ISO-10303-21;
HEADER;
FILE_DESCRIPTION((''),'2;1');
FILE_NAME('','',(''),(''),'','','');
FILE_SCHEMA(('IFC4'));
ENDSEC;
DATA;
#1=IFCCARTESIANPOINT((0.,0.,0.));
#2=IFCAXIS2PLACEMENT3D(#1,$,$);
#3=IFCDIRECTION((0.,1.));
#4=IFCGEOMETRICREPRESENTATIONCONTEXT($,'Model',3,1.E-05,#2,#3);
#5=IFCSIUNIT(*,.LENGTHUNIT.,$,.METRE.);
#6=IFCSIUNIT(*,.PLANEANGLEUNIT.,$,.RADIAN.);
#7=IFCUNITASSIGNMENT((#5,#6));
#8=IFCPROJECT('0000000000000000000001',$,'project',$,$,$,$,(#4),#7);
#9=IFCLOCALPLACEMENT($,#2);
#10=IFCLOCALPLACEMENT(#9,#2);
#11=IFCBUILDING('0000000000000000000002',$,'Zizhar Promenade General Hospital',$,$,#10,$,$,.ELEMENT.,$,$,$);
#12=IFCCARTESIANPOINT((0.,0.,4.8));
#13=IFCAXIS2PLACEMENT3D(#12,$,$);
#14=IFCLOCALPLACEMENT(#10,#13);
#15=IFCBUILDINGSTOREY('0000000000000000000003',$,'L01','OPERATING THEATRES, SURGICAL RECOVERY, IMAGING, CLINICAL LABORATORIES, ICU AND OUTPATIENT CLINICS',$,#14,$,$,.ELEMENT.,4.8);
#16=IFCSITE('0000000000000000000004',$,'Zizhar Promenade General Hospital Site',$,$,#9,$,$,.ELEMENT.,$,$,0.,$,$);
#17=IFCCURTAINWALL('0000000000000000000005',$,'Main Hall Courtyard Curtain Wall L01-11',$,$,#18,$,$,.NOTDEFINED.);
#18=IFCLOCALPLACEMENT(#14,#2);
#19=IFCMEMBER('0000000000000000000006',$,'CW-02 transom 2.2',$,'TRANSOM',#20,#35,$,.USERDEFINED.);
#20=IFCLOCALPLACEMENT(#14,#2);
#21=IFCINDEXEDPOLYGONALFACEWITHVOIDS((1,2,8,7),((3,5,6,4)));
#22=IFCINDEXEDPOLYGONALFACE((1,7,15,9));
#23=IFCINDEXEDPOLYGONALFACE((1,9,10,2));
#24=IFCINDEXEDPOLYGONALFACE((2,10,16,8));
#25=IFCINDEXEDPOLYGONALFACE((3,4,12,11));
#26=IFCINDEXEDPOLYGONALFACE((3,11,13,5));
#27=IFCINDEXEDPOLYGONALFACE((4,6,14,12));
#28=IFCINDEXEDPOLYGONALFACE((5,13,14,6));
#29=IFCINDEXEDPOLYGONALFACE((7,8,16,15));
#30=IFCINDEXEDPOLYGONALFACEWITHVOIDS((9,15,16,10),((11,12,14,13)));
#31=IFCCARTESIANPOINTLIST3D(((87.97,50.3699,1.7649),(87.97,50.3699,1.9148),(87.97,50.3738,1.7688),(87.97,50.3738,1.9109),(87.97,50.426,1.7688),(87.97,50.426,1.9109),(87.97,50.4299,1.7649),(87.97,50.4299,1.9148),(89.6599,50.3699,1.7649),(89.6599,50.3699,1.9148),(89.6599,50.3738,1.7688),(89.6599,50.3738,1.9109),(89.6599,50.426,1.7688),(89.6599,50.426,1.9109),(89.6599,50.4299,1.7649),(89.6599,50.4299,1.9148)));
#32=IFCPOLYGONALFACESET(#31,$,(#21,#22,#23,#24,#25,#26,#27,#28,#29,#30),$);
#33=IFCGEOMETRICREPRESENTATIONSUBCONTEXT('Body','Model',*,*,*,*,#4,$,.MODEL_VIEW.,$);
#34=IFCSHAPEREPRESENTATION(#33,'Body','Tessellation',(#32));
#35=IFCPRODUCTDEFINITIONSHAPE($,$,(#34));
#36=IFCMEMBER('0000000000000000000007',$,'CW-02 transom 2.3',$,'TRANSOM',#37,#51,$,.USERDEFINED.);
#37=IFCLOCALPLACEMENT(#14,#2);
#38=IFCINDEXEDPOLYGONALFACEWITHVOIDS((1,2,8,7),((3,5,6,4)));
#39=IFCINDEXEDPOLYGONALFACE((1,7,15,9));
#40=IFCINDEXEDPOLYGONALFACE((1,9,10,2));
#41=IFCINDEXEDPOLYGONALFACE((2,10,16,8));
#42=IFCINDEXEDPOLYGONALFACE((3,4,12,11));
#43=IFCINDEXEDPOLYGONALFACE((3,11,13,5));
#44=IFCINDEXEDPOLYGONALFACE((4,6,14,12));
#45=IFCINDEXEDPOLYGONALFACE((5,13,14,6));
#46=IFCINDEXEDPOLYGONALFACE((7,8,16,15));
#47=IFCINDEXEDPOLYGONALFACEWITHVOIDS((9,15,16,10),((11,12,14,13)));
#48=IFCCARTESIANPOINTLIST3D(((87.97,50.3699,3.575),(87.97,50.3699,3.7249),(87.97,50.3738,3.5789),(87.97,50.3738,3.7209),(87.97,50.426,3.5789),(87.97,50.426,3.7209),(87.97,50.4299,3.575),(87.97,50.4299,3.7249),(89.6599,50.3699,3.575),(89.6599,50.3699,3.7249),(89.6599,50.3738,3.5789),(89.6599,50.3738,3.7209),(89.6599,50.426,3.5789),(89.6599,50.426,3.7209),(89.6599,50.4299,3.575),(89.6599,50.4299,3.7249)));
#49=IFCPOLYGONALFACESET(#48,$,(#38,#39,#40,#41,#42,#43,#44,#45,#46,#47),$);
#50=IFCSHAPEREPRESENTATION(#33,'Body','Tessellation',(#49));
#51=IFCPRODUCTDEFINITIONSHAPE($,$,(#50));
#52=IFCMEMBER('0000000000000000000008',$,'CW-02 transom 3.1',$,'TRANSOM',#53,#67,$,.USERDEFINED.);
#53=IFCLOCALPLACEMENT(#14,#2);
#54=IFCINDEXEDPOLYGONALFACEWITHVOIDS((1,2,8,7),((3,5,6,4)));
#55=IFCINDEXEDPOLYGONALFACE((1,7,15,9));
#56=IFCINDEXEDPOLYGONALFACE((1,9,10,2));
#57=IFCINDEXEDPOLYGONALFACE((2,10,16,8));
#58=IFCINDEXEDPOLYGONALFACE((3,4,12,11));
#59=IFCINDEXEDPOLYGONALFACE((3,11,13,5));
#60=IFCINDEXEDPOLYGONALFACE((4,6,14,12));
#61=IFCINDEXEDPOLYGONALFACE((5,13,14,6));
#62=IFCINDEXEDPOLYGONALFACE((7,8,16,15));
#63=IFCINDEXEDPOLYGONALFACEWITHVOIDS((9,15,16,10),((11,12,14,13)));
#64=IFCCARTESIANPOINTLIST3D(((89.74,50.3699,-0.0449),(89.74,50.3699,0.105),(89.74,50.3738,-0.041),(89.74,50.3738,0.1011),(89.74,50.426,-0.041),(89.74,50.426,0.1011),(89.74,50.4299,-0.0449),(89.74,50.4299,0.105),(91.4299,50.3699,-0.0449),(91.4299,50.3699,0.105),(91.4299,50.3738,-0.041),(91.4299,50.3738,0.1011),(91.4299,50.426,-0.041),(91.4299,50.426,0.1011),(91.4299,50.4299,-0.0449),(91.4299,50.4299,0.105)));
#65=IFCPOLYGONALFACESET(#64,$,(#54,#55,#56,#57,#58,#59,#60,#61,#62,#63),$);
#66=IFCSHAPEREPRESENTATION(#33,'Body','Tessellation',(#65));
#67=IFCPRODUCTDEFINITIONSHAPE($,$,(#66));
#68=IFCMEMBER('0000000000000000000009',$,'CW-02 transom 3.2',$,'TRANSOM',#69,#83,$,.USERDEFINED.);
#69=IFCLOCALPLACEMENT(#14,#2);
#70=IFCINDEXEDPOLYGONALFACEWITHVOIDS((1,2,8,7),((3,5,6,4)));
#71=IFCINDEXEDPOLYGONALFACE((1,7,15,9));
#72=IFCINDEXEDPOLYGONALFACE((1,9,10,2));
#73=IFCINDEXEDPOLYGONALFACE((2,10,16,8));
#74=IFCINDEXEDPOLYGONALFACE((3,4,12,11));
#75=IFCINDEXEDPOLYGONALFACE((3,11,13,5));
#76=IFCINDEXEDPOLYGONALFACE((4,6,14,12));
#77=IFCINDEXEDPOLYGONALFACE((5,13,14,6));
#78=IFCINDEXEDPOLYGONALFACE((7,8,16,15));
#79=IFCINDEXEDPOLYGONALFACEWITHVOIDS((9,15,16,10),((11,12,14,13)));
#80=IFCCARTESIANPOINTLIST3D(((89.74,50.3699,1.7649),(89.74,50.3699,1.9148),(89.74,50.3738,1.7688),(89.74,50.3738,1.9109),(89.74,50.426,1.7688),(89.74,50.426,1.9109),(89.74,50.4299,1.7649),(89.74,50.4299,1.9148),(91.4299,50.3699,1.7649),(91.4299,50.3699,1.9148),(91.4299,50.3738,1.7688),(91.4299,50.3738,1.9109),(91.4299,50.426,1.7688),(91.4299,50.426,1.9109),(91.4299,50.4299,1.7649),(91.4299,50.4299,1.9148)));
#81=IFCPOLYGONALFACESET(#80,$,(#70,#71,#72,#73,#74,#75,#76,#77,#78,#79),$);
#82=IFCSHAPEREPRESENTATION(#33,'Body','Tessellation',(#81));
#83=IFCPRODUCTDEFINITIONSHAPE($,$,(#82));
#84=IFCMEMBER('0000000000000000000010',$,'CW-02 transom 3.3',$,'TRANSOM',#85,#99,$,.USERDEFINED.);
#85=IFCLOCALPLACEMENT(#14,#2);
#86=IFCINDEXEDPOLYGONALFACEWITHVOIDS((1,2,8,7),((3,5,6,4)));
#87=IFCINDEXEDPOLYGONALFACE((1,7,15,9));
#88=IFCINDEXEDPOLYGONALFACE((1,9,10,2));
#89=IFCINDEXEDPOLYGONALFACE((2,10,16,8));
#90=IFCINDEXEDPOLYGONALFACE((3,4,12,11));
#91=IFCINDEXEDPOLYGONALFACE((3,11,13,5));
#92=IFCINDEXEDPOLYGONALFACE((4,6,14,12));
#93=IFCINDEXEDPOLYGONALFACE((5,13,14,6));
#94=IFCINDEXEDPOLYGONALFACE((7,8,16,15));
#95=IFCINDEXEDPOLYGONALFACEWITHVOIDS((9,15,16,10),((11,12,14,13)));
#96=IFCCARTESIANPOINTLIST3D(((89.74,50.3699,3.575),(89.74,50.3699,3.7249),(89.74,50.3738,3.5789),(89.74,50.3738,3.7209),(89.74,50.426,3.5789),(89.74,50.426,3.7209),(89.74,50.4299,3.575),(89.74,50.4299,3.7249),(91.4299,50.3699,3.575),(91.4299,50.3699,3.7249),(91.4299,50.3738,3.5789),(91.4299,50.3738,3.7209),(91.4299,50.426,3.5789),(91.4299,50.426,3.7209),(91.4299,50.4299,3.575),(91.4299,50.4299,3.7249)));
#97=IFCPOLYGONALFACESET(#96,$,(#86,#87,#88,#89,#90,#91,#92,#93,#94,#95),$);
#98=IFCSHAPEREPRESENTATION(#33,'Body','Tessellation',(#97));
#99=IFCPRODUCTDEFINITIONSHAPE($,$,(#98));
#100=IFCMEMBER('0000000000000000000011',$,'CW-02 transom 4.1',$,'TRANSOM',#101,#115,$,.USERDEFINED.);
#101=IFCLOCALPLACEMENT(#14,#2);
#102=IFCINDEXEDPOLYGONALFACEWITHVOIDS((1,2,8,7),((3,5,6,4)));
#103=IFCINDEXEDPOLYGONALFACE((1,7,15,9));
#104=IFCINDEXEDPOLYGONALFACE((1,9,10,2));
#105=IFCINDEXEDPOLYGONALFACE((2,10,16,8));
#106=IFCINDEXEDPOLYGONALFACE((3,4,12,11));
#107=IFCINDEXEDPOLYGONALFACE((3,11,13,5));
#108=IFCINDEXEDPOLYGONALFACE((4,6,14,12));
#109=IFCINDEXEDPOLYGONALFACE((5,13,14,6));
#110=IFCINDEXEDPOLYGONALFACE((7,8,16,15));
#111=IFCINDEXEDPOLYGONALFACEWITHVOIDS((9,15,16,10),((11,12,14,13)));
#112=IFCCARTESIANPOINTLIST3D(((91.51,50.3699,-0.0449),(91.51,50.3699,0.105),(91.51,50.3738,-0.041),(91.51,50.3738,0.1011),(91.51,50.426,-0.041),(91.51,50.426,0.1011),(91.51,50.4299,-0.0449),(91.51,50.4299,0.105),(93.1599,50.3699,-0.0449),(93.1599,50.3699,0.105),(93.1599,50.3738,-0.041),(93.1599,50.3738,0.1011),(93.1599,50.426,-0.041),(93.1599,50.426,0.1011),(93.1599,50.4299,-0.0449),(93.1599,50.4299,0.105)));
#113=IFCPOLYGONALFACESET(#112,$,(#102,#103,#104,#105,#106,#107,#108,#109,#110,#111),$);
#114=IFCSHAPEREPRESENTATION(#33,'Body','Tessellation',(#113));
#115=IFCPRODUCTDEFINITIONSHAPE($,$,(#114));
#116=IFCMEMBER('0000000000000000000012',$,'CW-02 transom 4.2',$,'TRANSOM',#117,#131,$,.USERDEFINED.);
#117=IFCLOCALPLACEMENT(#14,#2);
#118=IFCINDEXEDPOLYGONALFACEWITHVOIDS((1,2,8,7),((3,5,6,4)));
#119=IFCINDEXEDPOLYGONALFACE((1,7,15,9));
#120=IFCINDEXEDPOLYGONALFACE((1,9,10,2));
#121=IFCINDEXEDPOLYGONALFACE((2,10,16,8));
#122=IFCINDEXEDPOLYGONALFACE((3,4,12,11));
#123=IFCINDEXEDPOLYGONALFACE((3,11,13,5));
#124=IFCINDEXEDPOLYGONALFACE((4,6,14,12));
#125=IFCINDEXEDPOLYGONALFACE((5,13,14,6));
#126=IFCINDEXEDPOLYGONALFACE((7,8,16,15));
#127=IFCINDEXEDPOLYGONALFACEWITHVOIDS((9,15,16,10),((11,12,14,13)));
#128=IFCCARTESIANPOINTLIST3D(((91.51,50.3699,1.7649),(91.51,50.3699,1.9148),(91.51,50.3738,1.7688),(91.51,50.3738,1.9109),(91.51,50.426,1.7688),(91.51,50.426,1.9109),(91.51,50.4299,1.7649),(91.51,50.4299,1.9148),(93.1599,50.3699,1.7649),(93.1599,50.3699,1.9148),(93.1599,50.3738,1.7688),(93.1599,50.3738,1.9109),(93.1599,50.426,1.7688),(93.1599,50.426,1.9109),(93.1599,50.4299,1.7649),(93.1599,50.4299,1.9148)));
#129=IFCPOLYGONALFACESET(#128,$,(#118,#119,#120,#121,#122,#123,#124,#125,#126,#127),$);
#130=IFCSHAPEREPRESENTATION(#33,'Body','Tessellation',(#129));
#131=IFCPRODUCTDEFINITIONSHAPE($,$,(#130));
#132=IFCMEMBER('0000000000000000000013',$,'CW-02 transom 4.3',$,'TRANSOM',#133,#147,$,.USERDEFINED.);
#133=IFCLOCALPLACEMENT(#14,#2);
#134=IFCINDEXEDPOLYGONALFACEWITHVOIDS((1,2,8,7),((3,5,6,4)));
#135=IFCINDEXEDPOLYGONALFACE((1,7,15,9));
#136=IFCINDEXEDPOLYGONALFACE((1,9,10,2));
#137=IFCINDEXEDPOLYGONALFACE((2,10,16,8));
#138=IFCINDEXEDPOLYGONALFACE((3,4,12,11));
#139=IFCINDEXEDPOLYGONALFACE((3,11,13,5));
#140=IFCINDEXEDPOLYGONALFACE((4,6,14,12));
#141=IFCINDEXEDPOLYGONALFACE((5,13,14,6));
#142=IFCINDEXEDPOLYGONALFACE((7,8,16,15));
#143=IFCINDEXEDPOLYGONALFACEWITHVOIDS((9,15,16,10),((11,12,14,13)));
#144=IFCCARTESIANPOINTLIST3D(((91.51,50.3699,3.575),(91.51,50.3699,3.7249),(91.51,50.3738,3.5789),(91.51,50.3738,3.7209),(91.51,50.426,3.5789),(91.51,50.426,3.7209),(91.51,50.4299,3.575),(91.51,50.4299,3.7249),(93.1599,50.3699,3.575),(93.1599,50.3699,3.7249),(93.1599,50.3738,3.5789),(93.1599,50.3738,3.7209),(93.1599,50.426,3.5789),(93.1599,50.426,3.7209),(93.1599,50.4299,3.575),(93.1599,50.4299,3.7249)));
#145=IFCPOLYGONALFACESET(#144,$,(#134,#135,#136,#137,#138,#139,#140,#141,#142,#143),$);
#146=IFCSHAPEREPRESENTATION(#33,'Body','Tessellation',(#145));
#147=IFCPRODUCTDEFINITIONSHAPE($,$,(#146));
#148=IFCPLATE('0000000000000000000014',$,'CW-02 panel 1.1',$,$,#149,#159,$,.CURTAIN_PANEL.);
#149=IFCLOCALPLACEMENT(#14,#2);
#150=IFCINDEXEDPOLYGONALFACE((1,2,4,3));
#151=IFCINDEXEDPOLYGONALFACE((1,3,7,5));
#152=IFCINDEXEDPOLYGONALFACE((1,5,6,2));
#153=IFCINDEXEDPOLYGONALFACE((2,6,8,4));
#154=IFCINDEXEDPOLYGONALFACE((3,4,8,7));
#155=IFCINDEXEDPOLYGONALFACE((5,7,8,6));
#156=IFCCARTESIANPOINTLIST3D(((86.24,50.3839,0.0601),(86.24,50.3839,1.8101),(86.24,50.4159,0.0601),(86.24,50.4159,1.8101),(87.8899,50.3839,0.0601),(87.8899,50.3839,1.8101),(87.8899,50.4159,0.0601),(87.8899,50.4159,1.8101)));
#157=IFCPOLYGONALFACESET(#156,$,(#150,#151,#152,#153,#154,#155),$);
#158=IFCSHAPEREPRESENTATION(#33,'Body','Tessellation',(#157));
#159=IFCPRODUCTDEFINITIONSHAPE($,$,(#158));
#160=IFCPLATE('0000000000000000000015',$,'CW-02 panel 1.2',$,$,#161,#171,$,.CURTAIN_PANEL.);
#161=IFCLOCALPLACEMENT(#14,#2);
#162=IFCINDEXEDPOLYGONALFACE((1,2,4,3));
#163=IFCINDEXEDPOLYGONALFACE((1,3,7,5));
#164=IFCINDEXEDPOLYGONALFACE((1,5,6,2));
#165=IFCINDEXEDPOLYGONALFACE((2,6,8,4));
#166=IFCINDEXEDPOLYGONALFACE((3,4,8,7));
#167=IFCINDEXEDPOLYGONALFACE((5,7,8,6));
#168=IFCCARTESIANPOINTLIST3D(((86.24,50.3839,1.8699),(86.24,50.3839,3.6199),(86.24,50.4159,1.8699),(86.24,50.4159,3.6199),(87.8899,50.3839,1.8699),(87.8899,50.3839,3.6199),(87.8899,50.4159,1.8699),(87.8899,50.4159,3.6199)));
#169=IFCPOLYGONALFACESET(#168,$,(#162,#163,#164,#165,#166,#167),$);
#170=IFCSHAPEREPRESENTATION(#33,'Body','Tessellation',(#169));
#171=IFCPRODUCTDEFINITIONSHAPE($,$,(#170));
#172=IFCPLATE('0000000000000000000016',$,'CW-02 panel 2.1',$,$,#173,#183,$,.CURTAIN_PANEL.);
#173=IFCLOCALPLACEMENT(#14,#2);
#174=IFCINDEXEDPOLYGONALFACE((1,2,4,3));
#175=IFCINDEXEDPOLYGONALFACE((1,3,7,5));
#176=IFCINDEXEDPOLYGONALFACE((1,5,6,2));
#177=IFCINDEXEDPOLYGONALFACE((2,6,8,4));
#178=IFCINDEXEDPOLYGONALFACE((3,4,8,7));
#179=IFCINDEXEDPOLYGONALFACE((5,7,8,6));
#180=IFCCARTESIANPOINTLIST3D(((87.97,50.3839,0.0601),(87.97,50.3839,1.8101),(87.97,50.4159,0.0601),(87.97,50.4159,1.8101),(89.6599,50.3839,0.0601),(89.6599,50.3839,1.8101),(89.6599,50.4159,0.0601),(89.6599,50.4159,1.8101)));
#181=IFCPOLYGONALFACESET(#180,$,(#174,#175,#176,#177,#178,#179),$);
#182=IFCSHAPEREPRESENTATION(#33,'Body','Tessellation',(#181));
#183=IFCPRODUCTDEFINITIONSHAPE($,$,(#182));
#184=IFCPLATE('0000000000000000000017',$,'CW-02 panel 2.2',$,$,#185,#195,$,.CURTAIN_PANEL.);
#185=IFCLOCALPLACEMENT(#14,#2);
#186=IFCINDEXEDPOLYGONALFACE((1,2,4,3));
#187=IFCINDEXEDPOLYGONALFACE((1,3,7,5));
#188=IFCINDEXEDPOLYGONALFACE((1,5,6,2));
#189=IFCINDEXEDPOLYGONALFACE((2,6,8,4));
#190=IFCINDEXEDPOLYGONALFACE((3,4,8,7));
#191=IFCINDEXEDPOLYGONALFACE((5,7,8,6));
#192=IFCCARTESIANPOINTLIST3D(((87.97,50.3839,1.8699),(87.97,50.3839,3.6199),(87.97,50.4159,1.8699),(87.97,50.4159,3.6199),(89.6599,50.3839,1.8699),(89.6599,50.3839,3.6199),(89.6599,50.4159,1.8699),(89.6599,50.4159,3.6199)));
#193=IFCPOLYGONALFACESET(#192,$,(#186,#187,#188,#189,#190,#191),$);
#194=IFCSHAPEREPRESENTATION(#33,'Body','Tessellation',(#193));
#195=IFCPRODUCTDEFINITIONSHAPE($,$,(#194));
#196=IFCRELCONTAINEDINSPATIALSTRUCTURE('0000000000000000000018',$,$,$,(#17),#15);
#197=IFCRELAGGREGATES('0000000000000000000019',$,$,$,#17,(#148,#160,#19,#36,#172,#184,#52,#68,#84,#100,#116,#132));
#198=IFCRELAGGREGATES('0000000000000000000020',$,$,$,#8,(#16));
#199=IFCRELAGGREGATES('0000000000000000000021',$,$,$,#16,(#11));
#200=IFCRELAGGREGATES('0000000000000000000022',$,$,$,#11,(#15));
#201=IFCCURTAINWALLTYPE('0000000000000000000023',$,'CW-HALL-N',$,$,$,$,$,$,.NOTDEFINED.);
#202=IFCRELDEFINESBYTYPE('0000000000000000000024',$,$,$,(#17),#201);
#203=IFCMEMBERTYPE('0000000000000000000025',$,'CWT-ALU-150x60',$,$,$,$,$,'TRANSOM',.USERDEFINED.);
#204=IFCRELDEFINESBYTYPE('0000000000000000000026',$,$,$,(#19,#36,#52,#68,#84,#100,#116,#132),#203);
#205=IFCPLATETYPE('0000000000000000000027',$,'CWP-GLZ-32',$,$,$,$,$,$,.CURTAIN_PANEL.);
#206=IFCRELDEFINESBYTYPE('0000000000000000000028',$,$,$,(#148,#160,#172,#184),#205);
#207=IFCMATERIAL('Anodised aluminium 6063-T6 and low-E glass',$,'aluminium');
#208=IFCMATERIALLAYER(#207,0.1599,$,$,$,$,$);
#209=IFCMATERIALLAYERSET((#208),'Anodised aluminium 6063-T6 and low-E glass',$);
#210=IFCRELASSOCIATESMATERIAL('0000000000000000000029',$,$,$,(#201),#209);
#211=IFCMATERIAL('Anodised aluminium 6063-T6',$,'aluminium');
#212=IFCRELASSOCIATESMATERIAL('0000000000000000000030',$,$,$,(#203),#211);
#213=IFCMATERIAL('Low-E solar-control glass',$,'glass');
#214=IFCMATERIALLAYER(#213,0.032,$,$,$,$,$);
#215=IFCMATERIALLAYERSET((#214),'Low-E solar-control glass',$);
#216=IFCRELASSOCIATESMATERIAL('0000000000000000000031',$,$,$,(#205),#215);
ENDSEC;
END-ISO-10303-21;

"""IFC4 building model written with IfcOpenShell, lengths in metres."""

from ifc_helpers import new_model, si_unit, direction, frame, origin, origin_2d, place, context, subcontext, project, spatial, rectangle, hollow_rectangle, extrude, material, layer, layer_set, material_profile, profile_set, type_object, element, aggregate, save


model = new_model("IFC4")

# Units and contexts
model_context = context("Model", 3, precision=1e-05, world=origin(), true_north=direction((0.0, 1.0)))
body_context = subcontext(model_context, "Body", "Model", "MODEL_VIEW")
ifc_project = project(units=[si_unit("LENGTHUNIT", "METRE"), si_unit("PLANEANGLEUNIT", "RADIAN")], contexts=[model_context])

# Site, building, storey
site_placement = place(None, origin())
site = spatial("IfcSite", under=ifc_project, at=site_placement, Name="Zizhar Promenade General Hospital Site", CompositionType="ELEMENT", RefElevation=0.0)
building_placement = place(site_placement, origin())
building = spatial("IfcBuilding", under=site, at=building_placement, Name="Zizhar Promenade General Hospital", CompositionType="ELEMENT")
storey_placement = place(building_placement, frame((0.0, 0.0, 4.8)))
storey = spatial("IfcBuildingStorey", under=building, at=storey_placement, Name="L01", Description="OPERATING THEATRES, SURGICAL RECOVERY, IMAGING, CLINICAL LABORATORIES, ICU AND OUTPATIENT CLINICS", CompositionType="ELEMENT", Elevation=4.8)

# Shared definitions
ifc_material_1 = material(Name="Anodised aluminium 6063-T6 and low-E glass", Category="aluminium")
ifc_layer_1 = layer(ifc_material_1, 0.1599)
ifc_layer_set_1 = layer_set([ifc_layer_1], Name="Anodised aluminium 6063-T6 and low-E glass")
curtain_wall_type = type_object("IfcCurtainWallType", Name="CW-HALL-N", PredefinedType="NOTDEFINED", material=ifc_layer_set_1)

# Curtain wall, members, plates
curtain_wall_1_placement = place(storey_placement, origin())
curtain_wall_1 = element("IfcCurtainWall", 1, at=curtain_wall_1_placement, inside=storey, type_object=curtain_wall_type, Name="Main Hall Courtyard Curtain Wall L01-11", PredefinedType="NOTDEFINED")
ifc_material_2 = material(Name="Anodised aluminium 6063-T6", Category="aluminium")
ifc_material_profile_1 = material_profile(ifc_material_2, hollow_rectangle(XDim=0.0601, YDim=0.1499, WallThickness=0.0039, at=origin_2d()))
ifc_profile_set_1 = profile_set([ifc_material_profile_1], Name="Anodised aluminium 6063-T6")
member_type_1 = type_object("IfcMemberType", Name="CWT-ALU-150x60", ElementType="TRANSOM", PredefinedType="USERDEFINED", material=ifc_profile_set_1)
member_1_placement = place(storey_placement, frame((87.97, 50.3999, 1.8398), z_axis=(1.0, 0.0, 0.0), x_axis=(0.0, 1.0, 0.0)))
member_1 = element("IfcMember", 2, at=member_1_placement, type_object=member_type_1, Name="CW-02 transom 2.2", ObjectType="TRANSOM", PredefinedType="USERDEFINED", context=body_context, shape_type="SweptSolid", body=[
    extrude(hollow_rectangle(XDim=0.0601, YDim=0.1499, WallThickness=0.0039, at=origin_2d()), origin(), (0.0, 0.0, 1.0), 1.6899),
])
member_2_placement = place(storey_placement, frame((87.97, 50.3999, 3.6499), z_axis=(1.0, 0.0, 0.0), x_axis=(0.0, 1.0, 0.0)))
member_2 = element("IfcMember", 3, at=member_2_placement, type_object=member_type_1, Name="CW-02 transom 2.3", ObjectType="TRANSOM", PredefinedType="USERDEFINED", context=body_context, shape_type="SweptSolid", body=[
    extrude(hollow_rectangle(XDim=0.0601, YDim=0.1499, WallThickness=0.0039, at=origin_2d()), origin(), (0.0, 0.0, 1.0), 1.6899),
])
member_3_placement = place(storey_placement, frame((89.74, 50.3999, 0.03), z_axis=(1.0, 0.0, 0.0), x_axis=(0.0, 1.0, 0.0)))
member_3 = element("IfcMember", 4, at=member_3_placement, type_object=member_type_1, Name="CW-02 transom 3.1", ObjectType="TRANSOM", PredefinedType="USERDEFINED", context=body_context, shape_type="SweptSolid", body=[
    extrude(hollow_rectangle(XDim=0.0601, YDim=0.1499, WallThickness=0.0039, at=origin_2d()), origin(), (0.0, 0.0, 1.0), 1.6899),
])
member_4_placement = place(storey_placement, frame((89.74, 50.3999, 1.8398), z_axis=(1.0, 0.0, 0.0), x_axis=(0.0, 1.0, 0.0)))
member_4 = element("IfcMember", 5, at=member_4_placement, type_object=member_type_1, Name="CW-02 transom 3.2", ObjectType="TRANSOM", PredefinedType="USERDEFINED", context=body_context, shape_type="SweptSolid", body=[
    extrude(hollow_rectangle(XDim=0.0601, YDim=0.1499, WallThickness=0.0039, at=origin_2d()), origin(), (0.0, 0.0, 1.0), 1.6899),
])
member_5_placement = place(storey_placement, frame((89.74, 50.3999, 3.6499), z_axis=(1.0, 0.0, 0.0), x_axis=(0.0, 1.0, 0.0)))
member_5 = element("IfcMember", 6, at=member_5_placement, type_object=member_type_1, Name="CW-02 transom 3.3", ObjectType="TRANSOM", PredefinedType="USERDEFINED", context=body_context, shape_type="SweptSolid", body=[
    extrude(hollow_rectangle(XDim=0.0601, YDim=0.1499, WallThickness=0.0039, at=origin_2d()), origin(), (0.0, 0.0, 1.0), 1.6899),
])
member_6_placement = place(storey_placement, frame((91.51, 50.3999, 0.03), z_axis=(1.0, 0.0, 0.0), x_axis=(0.0, 1.0, 0.0)))
member_6 = element("IfcMember", 7, at=member_6_placement, type_object=member_type_1, Name="CW-02 transom 4.1", ObjectType="TRANSOM", PredefinedType="USERDEFINED", context=body_context, shape_type="SweptSolid", body=[
    extrude(hollow_rectangle(XDim=0.0601, YDim=0.1499, WallThickness=0.0039, at=origin_2d()), origin(), (0.0, 0.0, 1.0), 1.6499),
])
member_7_placement = place(storey_placement, frame((91.51, 50.3999, 1.8398), z_axis=(1.0, 0.0, 0.0), x_axis=(0.0, 1.0, 0.0)))
member_7 = element("IfcMember", 8, at=member_7_placement, type_object=member_type_1, Name="CW-02 transom 4.2", ObjectType="TRANSOM", PredefinedType="USERDEFINED", context=body_context, shape_type="SweptSolid", body=[
    extrude(hollow_rectangle(XDim=0.0601, YDim=0.1499, WallThickness=0.0039, at=origin_2d()), origin(), (0.0, 0.0, 1.0), 1.6499),
])
member_8_placement = place(storey_placement, frame((91.51, 50.3999, 3.6499), z_axis=(1.0, 0.0, 0.0), x_axis=(0.0, 1.0, 0.0)))
member_8 = element("IfcMember", 9, at=member_8_placement, type_object=member_type_1, Name="CW-02 transom 4.3", ObjectType="TRANSOM", PredefinedType="USERDEFINED", context=body_context, shape_type="SweptSolid", body=[
    extrude(hollow_rectangle(XDim=0.0601, YDim=0.1499, WallThickness=0.0039, at=origin_2d()), origin(), (0.0, 0.0, 1.0), 1.6499),
])
ifc_material_3 = material(Name="Low-E solar-control glass", Category="glass")
ifc_layer_2 = layer(ifc_material_3, 0.032)
ifc_layer_set_2 = layer_set([ifc_layer_2], Name="Low-E solar-control glass")
plate_type = type_object("IfcPlateType", Name="CWP-GLZ-32", PredefinedType="CURTAIN_PANEL", material=ifc_layer_set_2)
plate_1_placement = place(storey_placement, frame((87.0649, 50.3999, 0.0601), z_axis=(0.0, 0.0, 1.0), x_axis=(1.0, 0.0, 0.0)))
plate_1 = element("IfcPlate", 10, at=plate_1_placement, type_object=plate_type, Name="CW-02 panel 1.1", PredefinedType="CURTAIN_PANEL", context=body_context, shape_type="SweptSolid", body=[
    extrude(rectangle(XDim=1.6499, YDim=0.032, at=origin_2d()), origin(), (0.0, 0.0, 1.0), 1.75),
])
plate_2_placement = place(storey_placement, frame((87.0649, 50.3999, 1.8699), z_axis=(0.0, 0.0, 1.0), x_axis=(1.0, 0.0, 0.0)))
plate_2 = element("IfcPlate", 11, at=plate_2_placement, type_object=plate_type, Name="CW-02 panel 1.2", PredefinedType="CURTAIN_PANEL", context=body_context, shape_type="SweptSolid", body=[
    extrude(rectangle(XDim=1.6499, YDim=0.032, at=origin_2d()), origin(), (0.0, 0.0, 1.0), 1.75),
])
plate_3_placement = place(storey_placement, frame((88.8149, 50.3999, 0.0601), z_axis=(0.0, 0.0, 1.0), x_axis=(1.0, 0.0, 0.0)))
plate_3 = element("IfcPlate", 12, at=plate_3_placement, type_object=plate_type, Name="CW-02 panel 2.1", PredefinedType="CURTAIN_PANEL", context=body_context, shape_type="SweptSolid", body=[
    extrude(rectangle(XDim=1.6899, YDim=0.032, at=origin_2d()), origin(), (0.0, 0.0, 1.0), 1.75),
])
plate_4_placement = place(storey_placement, frame((88.8149, 50.3999, 1.8699), z_axis=(0.0, 0.0, 1.0), x_axis=(1.0, 0.0, 0.0)))
plate_4 = element("IfcPlate", 13, at=plate_4_placement, type_object=plate_type, Name="CW-02 panel 2.2", PredefinedType="CURTAIN_PANEL", context=body_context, shape_type="SweptSolid", body=[
    extrude(rectangle(XDim=1.6899, YDim=0.032, at=origin_2d()), origin(), (0.0, 0.0, 1.0), 1.75),
])
aggregate(curtain_wall_1, [plate_1, plate_2, member_1, member_2, plate_3, plate_4, member_3, member_4, member_5, member_6, member_7, member_8])

save(model, "model.ifc")
